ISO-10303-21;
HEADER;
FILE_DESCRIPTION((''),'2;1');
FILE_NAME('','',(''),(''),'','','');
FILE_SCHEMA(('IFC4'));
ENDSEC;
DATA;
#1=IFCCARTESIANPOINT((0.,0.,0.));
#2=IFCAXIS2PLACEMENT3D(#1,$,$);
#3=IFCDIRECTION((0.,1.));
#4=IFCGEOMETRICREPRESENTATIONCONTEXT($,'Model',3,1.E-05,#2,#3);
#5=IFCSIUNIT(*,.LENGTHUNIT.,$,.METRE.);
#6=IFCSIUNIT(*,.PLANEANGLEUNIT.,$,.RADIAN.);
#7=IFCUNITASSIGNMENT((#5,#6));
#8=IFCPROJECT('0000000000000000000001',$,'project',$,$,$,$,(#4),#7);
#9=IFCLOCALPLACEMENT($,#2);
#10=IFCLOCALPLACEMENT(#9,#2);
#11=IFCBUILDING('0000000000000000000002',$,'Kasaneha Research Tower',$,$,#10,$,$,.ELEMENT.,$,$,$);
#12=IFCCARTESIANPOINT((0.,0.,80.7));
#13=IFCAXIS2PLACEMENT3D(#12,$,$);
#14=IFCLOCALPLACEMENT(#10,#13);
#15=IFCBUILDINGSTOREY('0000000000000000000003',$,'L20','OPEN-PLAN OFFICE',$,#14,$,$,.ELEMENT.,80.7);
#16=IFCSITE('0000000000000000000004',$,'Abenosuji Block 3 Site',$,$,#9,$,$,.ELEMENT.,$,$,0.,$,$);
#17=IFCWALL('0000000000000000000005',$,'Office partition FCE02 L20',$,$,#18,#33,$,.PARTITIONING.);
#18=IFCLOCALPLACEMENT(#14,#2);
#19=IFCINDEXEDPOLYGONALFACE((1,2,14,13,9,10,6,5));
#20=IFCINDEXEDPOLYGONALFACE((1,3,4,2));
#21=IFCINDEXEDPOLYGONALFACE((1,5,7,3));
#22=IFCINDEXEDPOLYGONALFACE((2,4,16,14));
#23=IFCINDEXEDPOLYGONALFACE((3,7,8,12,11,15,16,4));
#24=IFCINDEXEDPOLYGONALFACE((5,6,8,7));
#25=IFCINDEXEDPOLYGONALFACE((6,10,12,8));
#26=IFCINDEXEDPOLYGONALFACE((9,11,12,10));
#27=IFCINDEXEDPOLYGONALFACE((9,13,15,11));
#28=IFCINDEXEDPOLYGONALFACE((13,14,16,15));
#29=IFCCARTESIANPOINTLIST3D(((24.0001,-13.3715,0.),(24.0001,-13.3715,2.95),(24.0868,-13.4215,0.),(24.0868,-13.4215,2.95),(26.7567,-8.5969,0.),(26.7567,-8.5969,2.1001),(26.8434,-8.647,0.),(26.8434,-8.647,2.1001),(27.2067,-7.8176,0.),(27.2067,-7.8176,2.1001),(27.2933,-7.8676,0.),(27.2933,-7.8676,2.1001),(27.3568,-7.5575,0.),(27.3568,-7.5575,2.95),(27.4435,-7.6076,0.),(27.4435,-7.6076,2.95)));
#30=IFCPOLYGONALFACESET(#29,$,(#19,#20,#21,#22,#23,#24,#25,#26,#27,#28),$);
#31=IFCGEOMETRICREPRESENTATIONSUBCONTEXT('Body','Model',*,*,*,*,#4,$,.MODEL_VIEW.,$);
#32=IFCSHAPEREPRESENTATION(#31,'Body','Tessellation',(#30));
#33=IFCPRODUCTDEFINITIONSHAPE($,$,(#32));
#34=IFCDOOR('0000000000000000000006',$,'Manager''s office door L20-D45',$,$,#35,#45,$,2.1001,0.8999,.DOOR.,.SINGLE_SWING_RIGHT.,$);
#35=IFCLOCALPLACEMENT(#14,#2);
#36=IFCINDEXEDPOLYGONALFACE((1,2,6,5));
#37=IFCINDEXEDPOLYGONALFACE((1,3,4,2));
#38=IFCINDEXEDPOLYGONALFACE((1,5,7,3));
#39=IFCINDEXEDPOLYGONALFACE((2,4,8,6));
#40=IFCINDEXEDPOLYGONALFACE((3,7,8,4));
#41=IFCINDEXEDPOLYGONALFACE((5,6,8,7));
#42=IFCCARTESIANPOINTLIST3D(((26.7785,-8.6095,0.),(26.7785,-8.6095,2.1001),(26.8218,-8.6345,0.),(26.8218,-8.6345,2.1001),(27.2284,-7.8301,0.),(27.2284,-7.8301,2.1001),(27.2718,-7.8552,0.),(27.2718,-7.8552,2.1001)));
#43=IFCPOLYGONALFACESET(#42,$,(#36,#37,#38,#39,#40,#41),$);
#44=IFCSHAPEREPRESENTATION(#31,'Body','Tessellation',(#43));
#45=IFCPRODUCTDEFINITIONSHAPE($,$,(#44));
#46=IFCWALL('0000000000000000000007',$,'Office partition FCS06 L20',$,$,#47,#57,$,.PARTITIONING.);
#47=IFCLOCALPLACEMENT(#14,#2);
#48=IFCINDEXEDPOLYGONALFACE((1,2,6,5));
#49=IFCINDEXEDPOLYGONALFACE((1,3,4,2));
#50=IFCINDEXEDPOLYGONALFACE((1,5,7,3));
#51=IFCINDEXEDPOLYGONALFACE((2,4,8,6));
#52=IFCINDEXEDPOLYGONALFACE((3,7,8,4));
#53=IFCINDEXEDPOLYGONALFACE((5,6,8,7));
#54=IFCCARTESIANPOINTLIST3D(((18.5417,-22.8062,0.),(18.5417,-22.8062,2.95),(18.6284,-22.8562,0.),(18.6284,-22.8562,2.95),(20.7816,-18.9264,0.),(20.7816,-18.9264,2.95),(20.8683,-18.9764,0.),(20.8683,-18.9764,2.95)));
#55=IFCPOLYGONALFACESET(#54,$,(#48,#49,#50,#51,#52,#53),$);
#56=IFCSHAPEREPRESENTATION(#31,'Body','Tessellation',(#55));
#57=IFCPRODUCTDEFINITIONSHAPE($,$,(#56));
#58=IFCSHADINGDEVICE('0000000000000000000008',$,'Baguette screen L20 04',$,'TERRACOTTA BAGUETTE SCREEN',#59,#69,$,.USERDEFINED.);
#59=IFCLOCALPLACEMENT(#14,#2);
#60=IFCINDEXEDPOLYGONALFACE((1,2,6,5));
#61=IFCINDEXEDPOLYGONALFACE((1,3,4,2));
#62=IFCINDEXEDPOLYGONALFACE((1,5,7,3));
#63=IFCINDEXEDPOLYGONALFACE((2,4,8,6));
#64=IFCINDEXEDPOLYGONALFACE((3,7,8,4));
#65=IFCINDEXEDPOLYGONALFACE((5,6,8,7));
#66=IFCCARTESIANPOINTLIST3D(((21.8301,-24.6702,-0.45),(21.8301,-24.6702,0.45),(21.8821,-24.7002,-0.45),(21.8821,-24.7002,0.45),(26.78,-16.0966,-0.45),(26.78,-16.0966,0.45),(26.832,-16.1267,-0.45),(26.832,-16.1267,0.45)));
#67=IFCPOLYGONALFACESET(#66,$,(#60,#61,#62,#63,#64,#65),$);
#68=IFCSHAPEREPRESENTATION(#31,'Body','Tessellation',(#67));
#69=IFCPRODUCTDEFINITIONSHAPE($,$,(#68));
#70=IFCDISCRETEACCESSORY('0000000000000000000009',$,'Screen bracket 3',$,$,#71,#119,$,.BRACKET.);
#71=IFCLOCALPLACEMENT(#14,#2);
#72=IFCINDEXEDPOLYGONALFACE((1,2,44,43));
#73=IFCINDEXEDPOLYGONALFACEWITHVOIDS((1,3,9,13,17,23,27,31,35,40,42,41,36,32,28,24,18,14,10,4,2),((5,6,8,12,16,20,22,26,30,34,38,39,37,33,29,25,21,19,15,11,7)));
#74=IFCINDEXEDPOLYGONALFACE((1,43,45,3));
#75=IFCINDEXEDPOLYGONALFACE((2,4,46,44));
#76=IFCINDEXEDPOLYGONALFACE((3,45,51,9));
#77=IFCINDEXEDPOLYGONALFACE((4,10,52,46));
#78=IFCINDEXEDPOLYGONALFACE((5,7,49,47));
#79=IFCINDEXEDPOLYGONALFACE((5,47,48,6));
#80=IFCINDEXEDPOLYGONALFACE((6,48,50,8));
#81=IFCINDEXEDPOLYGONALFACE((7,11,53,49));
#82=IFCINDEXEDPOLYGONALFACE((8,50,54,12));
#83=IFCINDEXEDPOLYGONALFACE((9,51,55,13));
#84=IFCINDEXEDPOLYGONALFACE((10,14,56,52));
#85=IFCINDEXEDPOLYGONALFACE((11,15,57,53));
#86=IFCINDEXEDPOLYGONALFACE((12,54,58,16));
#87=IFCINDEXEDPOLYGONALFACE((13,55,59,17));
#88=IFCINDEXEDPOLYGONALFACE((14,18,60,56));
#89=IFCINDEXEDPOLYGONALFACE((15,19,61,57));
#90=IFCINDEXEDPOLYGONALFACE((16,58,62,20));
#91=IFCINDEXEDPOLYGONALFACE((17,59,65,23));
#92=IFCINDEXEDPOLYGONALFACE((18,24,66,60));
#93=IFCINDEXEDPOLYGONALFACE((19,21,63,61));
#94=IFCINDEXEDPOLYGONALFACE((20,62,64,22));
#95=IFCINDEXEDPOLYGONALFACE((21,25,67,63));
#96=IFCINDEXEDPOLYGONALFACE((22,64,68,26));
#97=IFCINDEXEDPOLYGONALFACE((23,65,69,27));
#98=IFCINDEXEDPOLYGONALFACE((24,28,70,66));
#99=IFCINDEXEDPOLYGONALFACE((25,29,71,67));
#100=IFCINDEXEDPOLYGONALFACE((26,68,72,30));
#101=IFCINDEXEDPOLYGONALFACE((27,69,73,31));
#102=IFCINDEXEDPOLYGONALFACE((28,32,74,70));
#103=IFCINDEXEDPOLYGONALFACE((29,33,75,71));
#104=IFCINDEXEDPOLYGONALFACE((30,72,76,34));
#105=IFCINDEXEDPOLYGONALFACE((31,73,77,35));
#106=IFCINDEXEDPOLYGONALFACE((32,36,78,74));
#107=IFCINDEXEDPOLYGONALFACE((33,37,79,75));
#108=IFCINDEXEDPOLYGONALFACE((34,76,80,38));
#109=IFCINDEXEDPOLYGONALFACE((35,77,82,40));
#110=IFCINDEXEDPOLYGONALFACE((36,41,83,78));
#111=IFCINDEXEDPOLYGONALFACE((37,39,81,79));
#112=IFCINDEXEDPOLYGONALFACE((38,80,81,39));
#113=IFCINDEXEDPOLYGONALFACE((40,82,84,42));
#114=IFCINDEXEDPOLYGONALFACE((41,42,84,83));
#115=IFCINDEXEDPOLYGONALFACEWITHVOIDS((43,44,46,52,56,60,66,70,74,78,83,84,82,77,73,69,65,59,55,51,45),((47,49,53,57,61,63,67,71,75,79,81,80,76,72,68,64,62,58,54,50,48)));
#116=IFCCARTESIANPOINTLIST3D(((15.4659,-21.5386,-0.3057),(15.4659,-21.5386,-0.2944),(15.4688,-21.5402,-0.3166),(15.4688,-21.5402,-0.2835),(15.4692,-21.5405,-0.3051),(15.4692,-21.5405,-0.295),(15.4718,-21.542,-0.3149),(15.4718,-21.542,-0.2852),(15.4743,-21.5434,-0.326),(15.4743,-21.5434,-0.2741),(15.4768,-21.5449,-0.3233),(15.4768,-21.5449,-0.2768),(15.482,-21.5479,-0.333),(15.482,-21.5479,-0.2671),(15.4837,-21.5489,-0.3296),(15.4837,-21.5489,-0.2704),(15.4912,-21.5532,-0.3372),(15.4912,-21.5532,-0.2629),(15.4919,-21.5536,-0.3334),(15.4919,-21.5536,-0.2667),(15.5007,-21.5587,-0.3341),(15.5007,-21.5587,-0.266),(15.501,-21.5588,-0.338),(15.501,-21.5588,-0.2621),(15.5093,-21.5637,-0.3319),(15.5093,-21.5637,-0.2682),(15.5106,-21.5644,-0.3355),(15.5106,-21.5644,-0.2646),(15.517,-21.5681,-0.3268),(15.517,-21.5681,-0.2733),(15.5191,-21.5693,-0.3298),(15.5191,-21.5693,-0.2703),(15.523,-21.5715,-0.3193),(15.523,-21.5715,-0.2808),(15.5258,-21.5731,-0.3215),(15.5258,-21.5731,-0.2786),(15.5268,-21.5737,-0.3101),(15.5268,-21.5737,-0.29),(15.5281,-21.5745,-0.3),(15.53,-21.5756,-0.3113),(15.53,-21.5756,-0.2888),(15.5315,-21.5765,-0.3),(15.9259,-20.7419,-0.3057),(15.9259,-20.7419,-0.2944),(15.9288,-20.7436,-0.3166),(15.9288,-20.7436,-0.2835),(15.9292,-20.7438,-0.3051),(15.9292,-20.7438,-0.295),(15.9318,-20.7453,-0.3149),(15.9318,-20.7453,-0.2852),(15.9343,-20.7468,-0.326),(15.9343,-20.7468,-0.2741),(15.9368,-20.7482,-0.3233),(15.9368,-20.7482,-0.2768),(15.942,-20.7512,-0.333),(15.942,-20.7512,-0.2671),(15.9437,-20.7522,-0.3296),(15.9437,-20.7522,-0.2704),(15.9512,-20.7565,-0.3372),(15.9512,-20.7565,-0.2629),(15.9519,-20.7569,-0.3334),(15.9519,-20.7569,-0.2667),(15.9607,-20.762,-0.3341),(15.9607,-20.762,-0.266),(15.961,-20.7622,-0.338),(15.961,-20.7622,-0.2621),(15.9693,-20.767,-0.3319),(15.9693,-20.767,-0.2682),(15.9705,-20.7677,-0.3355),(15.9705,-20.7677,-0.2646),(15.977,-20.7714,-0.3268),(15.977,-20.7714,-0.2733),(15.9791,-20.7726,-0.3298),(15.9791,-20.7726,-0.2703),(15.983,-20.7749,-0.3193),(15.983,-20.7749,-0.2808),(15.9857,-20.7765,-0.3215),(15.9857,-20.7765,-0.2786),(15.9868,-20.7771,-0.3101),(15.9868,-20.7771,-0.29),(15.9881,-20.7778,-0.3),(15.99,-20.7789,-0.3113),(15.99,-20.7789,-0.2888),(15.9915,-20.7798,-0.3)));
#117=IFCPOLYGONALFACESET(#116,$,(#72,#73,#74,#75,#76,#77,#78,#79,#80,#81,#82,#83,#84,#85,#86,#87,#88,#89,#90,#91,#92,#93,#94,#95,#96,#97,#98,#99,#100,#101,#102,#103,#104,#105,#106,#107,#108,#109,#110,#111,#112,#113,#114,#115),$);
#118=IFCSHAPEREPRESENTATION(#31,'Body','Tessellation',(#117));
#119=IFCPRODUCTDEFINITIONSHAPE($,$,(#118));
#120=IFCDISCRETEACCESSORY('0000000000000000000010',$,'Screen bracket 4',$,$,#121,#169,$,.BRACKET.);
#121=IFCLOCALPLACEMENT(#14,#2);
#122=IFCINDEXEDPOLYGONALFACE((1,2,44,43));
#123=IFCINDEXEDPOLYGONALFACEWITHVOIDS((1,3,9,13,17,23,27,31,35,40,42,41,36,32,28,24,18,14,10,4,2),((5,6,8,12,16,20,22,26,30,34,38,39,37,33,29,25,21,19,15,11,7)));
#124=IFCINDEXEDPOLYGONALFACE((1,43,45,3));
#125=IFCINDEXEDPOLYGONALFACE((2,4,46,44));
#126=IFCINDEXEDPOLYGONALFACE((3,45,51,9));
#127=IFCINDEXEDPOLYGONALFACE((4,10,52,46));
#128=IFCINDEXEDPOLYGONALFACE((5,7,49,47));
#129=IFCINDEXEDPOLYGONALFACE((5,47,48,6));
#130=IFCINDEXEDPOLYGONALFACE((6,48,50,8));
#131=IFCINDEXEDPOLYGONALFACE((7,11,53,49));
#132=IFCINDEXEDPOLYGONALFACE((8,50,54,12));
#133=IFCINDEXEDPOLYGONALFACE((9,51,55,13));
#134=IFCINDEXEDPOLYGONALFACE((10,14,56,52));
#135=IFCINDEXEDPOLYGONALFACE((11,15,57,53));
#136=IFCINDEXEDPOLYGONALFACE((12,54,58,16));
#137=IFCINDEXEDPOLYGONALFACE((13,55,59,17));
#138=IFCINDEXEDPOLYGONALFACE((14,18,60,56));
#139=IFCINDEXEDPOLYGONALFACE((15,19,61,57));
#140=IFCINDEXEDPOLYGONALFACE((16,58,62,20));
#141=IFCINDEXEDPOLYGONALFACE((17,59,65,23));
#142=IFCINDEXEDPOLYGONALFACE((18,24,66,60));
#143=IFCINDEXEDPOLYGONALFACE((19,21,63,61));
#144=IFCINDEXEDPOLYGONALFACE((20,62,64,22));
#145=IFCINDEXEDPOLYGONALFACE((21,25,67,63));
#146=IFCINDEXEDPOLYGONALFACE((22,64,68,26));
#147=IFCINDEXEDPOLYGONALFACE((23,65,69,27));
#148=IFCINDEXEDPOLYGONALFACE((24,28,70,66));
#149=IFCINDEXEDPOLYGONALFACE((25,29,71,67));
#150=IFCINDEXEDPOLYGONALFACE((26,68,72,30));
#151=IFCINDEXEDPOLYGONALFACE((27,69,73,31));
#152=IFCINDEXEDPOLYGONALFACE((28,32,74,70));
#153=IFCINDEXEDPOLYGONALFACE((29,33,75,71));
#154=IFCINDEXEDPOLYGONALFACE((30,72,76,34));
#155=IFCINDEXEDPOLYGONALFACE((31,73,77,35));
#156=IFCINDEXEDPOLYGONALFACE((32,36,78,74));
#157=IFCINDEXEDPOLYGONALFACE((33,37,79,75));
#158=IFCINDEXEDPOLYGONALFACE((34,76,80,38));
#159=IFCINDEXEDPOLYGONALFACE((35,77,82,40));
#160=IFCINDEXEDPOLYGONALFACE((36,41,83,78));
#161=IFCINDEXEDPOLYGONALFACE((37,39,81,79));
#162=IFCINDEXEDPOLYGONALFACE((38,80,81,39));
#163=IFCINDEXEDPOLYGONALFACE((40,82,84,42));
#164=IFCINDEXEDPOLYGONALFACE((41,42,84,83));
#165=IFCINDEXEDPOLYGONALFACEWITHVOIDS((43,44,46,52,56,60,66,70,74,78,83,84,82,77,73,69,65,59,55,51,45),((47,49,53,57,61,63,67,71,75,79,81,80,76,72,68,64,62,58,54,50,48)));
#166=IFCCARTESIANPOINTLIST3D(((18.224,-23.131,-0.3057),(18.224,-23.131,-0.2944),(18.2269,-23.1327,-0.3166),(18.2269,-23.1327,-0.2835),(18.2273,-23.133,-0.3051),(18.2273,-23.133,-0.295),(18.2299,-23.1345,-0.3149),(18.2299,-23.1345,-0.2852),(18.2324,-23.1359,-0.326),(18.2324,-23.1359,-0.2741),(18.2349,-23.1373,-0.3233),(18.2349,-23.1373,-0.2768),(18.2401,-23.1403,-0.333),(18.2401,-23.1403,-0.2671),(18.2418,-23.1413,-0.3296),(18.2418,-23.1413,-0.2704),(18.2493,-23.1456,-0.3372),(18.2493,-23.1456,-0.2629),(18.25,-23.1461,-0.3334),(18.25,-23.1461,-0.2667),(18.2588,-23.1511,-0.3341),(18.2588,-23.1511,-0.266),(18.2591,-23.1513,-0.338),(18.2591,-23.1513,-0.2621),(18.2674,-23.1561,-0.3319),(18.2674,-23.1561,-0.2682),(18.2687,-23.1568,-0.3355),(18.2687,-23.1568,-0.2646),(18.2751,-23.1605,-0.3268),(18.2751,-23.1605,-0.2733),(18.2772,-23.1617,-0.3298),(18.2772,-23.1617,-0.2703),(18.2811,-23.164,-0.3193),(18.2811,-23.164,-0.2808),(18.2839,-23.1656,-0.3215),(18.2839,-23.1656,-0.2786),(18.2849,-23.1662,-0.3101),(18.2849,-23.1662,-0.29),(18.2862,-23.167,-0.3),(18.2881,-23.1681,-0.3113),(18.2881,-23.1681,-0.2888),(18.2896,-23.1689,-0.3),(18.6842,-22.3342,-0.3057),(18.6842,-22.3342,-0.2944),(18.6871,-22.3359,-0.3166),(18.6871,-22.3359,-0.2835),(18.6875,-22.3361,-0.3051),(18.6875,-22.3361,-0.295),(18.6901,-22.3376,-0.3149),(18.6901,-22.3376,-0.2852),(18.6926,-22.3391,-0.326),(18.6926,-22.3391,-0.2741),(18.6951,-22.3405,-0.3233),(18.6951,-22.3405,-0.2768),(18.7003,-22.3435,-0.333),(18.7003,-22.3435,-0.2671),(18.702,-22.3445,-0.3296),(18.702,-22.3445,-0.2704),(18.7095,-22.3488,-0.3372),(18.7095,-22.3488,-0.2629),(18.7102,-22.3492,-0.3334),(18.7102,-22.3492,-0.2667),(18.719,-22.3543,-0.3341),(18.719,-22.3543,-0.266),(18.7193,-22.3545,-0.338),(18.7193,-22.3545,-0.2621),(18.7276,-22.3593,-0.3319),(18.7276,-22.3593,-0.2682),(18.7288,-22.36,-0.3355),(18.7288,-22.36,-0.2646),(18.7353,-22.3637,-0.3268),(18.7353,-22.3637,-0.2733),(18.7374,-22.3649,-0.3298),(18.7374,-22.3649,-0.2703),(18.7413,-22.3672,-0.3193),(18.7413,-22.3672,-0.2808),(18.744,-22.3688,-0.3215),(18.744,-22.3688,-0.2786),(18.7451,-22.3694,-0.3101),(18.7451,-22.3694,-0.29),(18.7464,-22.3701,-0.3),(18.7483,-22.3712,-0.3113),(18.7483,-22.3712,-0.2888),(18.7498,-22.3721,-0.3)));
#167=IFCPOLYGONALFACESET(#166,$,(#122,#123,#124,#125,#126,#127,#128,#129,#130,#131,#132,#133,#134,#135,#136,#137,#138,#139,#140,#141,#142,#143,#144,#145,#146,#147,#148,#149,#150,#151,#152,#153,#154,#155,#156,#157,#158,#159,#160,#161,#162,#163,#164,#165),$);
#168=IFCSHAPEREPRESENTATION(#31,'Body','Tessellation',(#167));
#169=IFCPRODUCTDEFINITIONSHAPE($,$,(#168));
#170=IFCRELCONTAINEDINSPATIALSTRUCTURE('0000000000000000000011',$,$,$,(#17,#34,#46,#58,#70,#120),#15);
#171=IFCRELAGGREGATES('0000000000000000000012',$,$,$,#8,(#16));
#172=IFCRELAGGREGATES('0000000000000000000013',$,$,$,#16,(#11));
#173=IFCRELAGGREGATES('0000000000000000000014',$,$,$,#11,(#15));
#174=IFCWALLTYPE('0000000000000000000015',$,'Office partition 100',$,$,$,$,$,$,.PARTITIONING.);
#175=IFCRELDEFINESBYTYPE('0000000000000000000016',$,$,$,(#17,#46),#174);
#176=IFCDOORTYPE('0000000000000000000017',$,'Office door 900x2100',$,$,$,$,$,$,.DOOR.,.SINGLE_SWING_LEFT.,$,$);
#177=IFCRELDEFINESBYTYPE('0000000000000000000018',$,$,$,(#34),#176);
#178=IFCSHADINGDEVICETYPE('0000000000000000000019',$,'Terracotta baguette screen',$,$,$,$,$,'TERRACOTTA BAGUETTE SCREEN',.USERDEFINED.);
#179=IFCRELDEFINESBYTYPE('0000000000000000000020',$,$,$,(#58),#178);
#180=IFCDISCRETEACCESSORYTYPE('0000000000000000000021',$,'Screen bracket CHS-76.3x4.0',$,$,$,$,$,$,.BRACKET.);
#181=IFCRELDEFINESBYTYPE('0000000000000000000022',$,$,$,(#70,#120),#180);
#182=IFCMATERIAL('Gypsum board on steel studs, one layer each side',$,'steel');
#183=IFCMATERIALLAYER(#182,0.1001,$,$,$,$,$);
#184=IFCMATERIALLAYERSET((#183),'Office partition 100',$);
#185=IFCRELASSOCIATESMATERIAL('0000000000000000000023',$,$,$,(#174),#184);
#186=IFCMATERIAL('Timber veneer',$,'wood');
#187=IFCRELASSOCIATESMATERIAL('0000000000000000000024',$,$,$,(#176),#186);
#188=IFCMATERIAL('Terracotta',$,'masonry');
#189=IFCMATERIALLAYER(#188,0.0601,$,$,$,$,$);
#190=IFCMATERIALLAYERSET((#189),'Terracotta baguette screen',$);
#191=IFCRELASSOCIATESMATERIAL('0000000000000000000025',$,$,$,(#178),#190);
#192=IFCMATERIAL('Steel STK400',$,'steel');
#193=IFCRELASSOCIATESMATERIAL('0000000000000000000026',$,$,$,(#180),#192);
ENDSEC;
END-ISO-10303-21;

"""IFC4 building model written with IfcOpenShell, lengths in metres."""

from ifc_helpers import new_model, si_unit, direction, frame, frame_2d, origin, origin_2d, place, context, subcontext, project, spatial, rectangle, hollow_circle, extrude, material, layer, layer_set, material_profile, profile_set, type_object, element, fill, save


model = new_model("IFC4")

# Units and contexts
model_context = context("Model", 3, precision=1e-05, world=origin(), true_north=direction((0.0, 1.0)))
body_context = subcontext(model_context, "Body", "Model", "MODEL_VIEW")
ifc_project = project(units=[si_unit("LENGTHUNIT", "METRE"), si_unit("PLANEANGLEUNIT", "RADIAN")], contexts=[model_context])

# Site, building, storey
site_placement = place(None, origin())
site = spatial("IfcSite", under=ifc_project, at=site_placement, Name="Abenosuji Block 3 Site", CompositionType="ELEMENT", RefElevation=0.0)
building_placement = place(site_placement, origin())
building = spatial("IfcBuilding", under=site, at=building_placement, Name="Kasaneha Research Tower", CompositionType="ELEMENT")
storey_placement = place(building_placement, frame((0.0, 0.0, 80.7)))
storey = spatial("IfcBuildingStorey", under=building, at=storey_placement, Name="L20", Description="OPEN-PLAN OFFICE", CompositionType="ELEMENT", Elevation=80.7)

# Wall, opening, door
ifc_material_1 = material(Name="Gypsum board on steel studs, one layer each side", Category="steel")
ifc_layer_1 = layer(ifc_material_1, 0.1001)
ifc_layer_set_1 = layer_set([ifc_layer_1], Name="Office partition 100")
wall_type = type_object("IfcWallType", Name="Office partition 100", PredefinedType="PARTITIONING", material=ifc_layer_set_1)
wall_1_placement = place(storey_placement, frame((24.0435, -13.3965, 0.0), z_axis=(0.0, 0.0, 1.0), x_axis=(0.499999, 0.866026, 0.0)))
wall_1 = element("IfcWall", 1, at=wall_1_placement, inside=storey, type_object=wall_type, Name="Office partition FCE02 L20", PredefinedType="PARTITIONING", context=body_context, shape_type="SweptSolid", body=[
    extrude(rectangle(XDim=6.7134, YDim=0.1001, at=frame_2d((3.3567, 0.0))), origin(), (0.0, 0.0, 1.0), 2.95),
])
opening_placement = place(wall_1_placement, frame((5.5132, 0.0, 0.0)))
opening = element("IfcOpeningElement", 2, at=opening_placement, cuts=wall_1, PredefinedType="OPENING", context=body_context, shape_type="SweptSolid", body=[
    extrude(rectangle(XDim=0.8999, YDim=2.1001, at=frame_2d((0.45, 1.05))), frame((0.0, 0.0601, 0.0), z_axis=(0.0, -1.0, 0.0), x_axis=(1.0, 0.0, 0.0)), (0.0, 0.0, 1.0), 0.1201),
])
ifc_material_2 = material(Name="Timber veneer", Category="wood")
door_type = type_object("IfcDoorType", Name="Office door 900x2100", OperationType="SINGLE_SWING_LEFT", PredefinedType="DOOR", material=ifc_material_2)
door_placement = place(opening_placement, origin())
door = element("IfcDoor", 3, at=door_placement, inside=storey, type_object=door_type, Name="Manager's office door L20-D45", OperationType="SINGLE_SWING_RIGHT", OverallHeight=2.1001, OverallWidth=0.8999, PredefinedType="DOOR", context=body_context, shape_type="SweptSolid", body=[
    extrude(rectangle(XDim=0.8999, YDim=2.1001, at=frame_2d((0.45, 1.05))), frame((0.0, 0.0249, 0.0), z_axis=(0.0, -1.0, 0.0), x_axis=(1.0, 0.0, 0.0)), (0.0, 0.0, 1.0), 0.05),
])
fill(opening, door)

# Wall
wall_2_placement = place(storey_placement, frame((20.825, -18.9514, 0.0), z_axis=(0.0, 0.0, 1.0), x_axis=(-0.49999, -0.866031, 0.0)))
element("IfcWall", 4, at=wall_2_placement, inside=storey, type_object=wall_type, Name="Office partition FCS06 L20", PredefinedType="PARTITIONING", context=body_context, shape_type="SweptSolid", body=[
    extrude(rectangle(XDim=4.48, YDim=0.1001, at=frame_2d((2.24, 0.0))), origin(), (0.0, 0.0, 1.0), 2.95),
])

# Shading device
ifc_material_3 = material(Name="Terracotta", Category="masonry")
ifc_layer_2 = layer(ifc_material_3, 0.0601)
ifc_layer_set_2 = layer_set([ifc_layer_2], Name="Terracotta baguette screen")
shading_device_type = type_object("IfcShadingDeviceType", Name="Terracotta baguette screen", ElementType="TERRACOTTA BAGUETTE SCREEN", PredefinedType="USERDEFINED", material=ifc_layer_set_2)
shading_device_placement = place(storey_placement, frame((24.3311, -20.3984, -0.45), z_axis=(0.0, 0.0, 1.0), x_axis=(0.5, 0.866025, 0.0)))
element("IfcShadingDevice", 5, at=shading_device_placement, inside=storey, type_object=shading_device_type, Name="Baguette screen L20 04", ObjectType="TERRACOTTA BAGUETTE SCREEN", PredefinedType="USERDEFINED", context=body_context, shape_type="SweptSolid", body=[
    extrude(rectangle(XDim=9.8999, YDim=0.0601, at=origin_2d()), origin(), (0.0, 0.0, 1.0), 0.8999),
])

# Discrete accessories
ifc_material_4 = material(Name="Steel STK400", Category="steel")
ifc_material_profile_1 = material_profile(ifc_material_4, hollow_circle(Radius=0.0381, WallThickness=0.0039, at=origin_2d()), Name="CHS-76.3x4.0")
ifc_profile_set_1 = profile_set([ifc_material_profile_1], Name="Steel STK400")
discrete_accessory_type = type_object("IfcDiscreteAccessoryType", Name="Screen bracket CHS-76.3x4.0", PredefinedType="BRACKET", material=ifc_profile_set_1)
discrete_accessory_1_placement = place(storey_placement, frame((15.9585, -20.7607, -0.3), z_axis=(-0.500021, -0.866013, 0.0), x_axis=(0.866013, -0.500021, 0.0)))
element("IfcDiscreteAccessory", 6, at=discrete_accessory_1_placement, inside=storey, type_object=discrete_accessory_type, Name="Screen bracket 3", PredefinedType="BRACKET", context=body_context, shape_type="SweptSolid", body=[
    extrude(hollow_circle(Radius=0.0381, WallThickness=0.0039, at=origin_2d()), origin(), (0.0, 0.0, 1.0), 0.9199),
])
discrete_accessory_2_placement = place(storey_placement, frame((18.7168, -22.353, -0.3), z_axis=(-0.500105, -0.865965, 0.0), x_axis=(0.865965, -0.500105, 0.0)))
element("IfcDiscreteAccessory", 7, at=discrete_accessory_2_placement, inside=storey, type_object=discrete_accessory_type, Name="Screen bracket 4", PredefinedType="BRACKET", context=body_context, shape_type="SweptSolid", body=[
    extrude(hollow_circle(Radius=0.0381, WallThickness=0.0039, at=origin_2d()), origin(), (0.0, 0.0, 1.0), 0.9202),
])

save(model, "model.ifc")
